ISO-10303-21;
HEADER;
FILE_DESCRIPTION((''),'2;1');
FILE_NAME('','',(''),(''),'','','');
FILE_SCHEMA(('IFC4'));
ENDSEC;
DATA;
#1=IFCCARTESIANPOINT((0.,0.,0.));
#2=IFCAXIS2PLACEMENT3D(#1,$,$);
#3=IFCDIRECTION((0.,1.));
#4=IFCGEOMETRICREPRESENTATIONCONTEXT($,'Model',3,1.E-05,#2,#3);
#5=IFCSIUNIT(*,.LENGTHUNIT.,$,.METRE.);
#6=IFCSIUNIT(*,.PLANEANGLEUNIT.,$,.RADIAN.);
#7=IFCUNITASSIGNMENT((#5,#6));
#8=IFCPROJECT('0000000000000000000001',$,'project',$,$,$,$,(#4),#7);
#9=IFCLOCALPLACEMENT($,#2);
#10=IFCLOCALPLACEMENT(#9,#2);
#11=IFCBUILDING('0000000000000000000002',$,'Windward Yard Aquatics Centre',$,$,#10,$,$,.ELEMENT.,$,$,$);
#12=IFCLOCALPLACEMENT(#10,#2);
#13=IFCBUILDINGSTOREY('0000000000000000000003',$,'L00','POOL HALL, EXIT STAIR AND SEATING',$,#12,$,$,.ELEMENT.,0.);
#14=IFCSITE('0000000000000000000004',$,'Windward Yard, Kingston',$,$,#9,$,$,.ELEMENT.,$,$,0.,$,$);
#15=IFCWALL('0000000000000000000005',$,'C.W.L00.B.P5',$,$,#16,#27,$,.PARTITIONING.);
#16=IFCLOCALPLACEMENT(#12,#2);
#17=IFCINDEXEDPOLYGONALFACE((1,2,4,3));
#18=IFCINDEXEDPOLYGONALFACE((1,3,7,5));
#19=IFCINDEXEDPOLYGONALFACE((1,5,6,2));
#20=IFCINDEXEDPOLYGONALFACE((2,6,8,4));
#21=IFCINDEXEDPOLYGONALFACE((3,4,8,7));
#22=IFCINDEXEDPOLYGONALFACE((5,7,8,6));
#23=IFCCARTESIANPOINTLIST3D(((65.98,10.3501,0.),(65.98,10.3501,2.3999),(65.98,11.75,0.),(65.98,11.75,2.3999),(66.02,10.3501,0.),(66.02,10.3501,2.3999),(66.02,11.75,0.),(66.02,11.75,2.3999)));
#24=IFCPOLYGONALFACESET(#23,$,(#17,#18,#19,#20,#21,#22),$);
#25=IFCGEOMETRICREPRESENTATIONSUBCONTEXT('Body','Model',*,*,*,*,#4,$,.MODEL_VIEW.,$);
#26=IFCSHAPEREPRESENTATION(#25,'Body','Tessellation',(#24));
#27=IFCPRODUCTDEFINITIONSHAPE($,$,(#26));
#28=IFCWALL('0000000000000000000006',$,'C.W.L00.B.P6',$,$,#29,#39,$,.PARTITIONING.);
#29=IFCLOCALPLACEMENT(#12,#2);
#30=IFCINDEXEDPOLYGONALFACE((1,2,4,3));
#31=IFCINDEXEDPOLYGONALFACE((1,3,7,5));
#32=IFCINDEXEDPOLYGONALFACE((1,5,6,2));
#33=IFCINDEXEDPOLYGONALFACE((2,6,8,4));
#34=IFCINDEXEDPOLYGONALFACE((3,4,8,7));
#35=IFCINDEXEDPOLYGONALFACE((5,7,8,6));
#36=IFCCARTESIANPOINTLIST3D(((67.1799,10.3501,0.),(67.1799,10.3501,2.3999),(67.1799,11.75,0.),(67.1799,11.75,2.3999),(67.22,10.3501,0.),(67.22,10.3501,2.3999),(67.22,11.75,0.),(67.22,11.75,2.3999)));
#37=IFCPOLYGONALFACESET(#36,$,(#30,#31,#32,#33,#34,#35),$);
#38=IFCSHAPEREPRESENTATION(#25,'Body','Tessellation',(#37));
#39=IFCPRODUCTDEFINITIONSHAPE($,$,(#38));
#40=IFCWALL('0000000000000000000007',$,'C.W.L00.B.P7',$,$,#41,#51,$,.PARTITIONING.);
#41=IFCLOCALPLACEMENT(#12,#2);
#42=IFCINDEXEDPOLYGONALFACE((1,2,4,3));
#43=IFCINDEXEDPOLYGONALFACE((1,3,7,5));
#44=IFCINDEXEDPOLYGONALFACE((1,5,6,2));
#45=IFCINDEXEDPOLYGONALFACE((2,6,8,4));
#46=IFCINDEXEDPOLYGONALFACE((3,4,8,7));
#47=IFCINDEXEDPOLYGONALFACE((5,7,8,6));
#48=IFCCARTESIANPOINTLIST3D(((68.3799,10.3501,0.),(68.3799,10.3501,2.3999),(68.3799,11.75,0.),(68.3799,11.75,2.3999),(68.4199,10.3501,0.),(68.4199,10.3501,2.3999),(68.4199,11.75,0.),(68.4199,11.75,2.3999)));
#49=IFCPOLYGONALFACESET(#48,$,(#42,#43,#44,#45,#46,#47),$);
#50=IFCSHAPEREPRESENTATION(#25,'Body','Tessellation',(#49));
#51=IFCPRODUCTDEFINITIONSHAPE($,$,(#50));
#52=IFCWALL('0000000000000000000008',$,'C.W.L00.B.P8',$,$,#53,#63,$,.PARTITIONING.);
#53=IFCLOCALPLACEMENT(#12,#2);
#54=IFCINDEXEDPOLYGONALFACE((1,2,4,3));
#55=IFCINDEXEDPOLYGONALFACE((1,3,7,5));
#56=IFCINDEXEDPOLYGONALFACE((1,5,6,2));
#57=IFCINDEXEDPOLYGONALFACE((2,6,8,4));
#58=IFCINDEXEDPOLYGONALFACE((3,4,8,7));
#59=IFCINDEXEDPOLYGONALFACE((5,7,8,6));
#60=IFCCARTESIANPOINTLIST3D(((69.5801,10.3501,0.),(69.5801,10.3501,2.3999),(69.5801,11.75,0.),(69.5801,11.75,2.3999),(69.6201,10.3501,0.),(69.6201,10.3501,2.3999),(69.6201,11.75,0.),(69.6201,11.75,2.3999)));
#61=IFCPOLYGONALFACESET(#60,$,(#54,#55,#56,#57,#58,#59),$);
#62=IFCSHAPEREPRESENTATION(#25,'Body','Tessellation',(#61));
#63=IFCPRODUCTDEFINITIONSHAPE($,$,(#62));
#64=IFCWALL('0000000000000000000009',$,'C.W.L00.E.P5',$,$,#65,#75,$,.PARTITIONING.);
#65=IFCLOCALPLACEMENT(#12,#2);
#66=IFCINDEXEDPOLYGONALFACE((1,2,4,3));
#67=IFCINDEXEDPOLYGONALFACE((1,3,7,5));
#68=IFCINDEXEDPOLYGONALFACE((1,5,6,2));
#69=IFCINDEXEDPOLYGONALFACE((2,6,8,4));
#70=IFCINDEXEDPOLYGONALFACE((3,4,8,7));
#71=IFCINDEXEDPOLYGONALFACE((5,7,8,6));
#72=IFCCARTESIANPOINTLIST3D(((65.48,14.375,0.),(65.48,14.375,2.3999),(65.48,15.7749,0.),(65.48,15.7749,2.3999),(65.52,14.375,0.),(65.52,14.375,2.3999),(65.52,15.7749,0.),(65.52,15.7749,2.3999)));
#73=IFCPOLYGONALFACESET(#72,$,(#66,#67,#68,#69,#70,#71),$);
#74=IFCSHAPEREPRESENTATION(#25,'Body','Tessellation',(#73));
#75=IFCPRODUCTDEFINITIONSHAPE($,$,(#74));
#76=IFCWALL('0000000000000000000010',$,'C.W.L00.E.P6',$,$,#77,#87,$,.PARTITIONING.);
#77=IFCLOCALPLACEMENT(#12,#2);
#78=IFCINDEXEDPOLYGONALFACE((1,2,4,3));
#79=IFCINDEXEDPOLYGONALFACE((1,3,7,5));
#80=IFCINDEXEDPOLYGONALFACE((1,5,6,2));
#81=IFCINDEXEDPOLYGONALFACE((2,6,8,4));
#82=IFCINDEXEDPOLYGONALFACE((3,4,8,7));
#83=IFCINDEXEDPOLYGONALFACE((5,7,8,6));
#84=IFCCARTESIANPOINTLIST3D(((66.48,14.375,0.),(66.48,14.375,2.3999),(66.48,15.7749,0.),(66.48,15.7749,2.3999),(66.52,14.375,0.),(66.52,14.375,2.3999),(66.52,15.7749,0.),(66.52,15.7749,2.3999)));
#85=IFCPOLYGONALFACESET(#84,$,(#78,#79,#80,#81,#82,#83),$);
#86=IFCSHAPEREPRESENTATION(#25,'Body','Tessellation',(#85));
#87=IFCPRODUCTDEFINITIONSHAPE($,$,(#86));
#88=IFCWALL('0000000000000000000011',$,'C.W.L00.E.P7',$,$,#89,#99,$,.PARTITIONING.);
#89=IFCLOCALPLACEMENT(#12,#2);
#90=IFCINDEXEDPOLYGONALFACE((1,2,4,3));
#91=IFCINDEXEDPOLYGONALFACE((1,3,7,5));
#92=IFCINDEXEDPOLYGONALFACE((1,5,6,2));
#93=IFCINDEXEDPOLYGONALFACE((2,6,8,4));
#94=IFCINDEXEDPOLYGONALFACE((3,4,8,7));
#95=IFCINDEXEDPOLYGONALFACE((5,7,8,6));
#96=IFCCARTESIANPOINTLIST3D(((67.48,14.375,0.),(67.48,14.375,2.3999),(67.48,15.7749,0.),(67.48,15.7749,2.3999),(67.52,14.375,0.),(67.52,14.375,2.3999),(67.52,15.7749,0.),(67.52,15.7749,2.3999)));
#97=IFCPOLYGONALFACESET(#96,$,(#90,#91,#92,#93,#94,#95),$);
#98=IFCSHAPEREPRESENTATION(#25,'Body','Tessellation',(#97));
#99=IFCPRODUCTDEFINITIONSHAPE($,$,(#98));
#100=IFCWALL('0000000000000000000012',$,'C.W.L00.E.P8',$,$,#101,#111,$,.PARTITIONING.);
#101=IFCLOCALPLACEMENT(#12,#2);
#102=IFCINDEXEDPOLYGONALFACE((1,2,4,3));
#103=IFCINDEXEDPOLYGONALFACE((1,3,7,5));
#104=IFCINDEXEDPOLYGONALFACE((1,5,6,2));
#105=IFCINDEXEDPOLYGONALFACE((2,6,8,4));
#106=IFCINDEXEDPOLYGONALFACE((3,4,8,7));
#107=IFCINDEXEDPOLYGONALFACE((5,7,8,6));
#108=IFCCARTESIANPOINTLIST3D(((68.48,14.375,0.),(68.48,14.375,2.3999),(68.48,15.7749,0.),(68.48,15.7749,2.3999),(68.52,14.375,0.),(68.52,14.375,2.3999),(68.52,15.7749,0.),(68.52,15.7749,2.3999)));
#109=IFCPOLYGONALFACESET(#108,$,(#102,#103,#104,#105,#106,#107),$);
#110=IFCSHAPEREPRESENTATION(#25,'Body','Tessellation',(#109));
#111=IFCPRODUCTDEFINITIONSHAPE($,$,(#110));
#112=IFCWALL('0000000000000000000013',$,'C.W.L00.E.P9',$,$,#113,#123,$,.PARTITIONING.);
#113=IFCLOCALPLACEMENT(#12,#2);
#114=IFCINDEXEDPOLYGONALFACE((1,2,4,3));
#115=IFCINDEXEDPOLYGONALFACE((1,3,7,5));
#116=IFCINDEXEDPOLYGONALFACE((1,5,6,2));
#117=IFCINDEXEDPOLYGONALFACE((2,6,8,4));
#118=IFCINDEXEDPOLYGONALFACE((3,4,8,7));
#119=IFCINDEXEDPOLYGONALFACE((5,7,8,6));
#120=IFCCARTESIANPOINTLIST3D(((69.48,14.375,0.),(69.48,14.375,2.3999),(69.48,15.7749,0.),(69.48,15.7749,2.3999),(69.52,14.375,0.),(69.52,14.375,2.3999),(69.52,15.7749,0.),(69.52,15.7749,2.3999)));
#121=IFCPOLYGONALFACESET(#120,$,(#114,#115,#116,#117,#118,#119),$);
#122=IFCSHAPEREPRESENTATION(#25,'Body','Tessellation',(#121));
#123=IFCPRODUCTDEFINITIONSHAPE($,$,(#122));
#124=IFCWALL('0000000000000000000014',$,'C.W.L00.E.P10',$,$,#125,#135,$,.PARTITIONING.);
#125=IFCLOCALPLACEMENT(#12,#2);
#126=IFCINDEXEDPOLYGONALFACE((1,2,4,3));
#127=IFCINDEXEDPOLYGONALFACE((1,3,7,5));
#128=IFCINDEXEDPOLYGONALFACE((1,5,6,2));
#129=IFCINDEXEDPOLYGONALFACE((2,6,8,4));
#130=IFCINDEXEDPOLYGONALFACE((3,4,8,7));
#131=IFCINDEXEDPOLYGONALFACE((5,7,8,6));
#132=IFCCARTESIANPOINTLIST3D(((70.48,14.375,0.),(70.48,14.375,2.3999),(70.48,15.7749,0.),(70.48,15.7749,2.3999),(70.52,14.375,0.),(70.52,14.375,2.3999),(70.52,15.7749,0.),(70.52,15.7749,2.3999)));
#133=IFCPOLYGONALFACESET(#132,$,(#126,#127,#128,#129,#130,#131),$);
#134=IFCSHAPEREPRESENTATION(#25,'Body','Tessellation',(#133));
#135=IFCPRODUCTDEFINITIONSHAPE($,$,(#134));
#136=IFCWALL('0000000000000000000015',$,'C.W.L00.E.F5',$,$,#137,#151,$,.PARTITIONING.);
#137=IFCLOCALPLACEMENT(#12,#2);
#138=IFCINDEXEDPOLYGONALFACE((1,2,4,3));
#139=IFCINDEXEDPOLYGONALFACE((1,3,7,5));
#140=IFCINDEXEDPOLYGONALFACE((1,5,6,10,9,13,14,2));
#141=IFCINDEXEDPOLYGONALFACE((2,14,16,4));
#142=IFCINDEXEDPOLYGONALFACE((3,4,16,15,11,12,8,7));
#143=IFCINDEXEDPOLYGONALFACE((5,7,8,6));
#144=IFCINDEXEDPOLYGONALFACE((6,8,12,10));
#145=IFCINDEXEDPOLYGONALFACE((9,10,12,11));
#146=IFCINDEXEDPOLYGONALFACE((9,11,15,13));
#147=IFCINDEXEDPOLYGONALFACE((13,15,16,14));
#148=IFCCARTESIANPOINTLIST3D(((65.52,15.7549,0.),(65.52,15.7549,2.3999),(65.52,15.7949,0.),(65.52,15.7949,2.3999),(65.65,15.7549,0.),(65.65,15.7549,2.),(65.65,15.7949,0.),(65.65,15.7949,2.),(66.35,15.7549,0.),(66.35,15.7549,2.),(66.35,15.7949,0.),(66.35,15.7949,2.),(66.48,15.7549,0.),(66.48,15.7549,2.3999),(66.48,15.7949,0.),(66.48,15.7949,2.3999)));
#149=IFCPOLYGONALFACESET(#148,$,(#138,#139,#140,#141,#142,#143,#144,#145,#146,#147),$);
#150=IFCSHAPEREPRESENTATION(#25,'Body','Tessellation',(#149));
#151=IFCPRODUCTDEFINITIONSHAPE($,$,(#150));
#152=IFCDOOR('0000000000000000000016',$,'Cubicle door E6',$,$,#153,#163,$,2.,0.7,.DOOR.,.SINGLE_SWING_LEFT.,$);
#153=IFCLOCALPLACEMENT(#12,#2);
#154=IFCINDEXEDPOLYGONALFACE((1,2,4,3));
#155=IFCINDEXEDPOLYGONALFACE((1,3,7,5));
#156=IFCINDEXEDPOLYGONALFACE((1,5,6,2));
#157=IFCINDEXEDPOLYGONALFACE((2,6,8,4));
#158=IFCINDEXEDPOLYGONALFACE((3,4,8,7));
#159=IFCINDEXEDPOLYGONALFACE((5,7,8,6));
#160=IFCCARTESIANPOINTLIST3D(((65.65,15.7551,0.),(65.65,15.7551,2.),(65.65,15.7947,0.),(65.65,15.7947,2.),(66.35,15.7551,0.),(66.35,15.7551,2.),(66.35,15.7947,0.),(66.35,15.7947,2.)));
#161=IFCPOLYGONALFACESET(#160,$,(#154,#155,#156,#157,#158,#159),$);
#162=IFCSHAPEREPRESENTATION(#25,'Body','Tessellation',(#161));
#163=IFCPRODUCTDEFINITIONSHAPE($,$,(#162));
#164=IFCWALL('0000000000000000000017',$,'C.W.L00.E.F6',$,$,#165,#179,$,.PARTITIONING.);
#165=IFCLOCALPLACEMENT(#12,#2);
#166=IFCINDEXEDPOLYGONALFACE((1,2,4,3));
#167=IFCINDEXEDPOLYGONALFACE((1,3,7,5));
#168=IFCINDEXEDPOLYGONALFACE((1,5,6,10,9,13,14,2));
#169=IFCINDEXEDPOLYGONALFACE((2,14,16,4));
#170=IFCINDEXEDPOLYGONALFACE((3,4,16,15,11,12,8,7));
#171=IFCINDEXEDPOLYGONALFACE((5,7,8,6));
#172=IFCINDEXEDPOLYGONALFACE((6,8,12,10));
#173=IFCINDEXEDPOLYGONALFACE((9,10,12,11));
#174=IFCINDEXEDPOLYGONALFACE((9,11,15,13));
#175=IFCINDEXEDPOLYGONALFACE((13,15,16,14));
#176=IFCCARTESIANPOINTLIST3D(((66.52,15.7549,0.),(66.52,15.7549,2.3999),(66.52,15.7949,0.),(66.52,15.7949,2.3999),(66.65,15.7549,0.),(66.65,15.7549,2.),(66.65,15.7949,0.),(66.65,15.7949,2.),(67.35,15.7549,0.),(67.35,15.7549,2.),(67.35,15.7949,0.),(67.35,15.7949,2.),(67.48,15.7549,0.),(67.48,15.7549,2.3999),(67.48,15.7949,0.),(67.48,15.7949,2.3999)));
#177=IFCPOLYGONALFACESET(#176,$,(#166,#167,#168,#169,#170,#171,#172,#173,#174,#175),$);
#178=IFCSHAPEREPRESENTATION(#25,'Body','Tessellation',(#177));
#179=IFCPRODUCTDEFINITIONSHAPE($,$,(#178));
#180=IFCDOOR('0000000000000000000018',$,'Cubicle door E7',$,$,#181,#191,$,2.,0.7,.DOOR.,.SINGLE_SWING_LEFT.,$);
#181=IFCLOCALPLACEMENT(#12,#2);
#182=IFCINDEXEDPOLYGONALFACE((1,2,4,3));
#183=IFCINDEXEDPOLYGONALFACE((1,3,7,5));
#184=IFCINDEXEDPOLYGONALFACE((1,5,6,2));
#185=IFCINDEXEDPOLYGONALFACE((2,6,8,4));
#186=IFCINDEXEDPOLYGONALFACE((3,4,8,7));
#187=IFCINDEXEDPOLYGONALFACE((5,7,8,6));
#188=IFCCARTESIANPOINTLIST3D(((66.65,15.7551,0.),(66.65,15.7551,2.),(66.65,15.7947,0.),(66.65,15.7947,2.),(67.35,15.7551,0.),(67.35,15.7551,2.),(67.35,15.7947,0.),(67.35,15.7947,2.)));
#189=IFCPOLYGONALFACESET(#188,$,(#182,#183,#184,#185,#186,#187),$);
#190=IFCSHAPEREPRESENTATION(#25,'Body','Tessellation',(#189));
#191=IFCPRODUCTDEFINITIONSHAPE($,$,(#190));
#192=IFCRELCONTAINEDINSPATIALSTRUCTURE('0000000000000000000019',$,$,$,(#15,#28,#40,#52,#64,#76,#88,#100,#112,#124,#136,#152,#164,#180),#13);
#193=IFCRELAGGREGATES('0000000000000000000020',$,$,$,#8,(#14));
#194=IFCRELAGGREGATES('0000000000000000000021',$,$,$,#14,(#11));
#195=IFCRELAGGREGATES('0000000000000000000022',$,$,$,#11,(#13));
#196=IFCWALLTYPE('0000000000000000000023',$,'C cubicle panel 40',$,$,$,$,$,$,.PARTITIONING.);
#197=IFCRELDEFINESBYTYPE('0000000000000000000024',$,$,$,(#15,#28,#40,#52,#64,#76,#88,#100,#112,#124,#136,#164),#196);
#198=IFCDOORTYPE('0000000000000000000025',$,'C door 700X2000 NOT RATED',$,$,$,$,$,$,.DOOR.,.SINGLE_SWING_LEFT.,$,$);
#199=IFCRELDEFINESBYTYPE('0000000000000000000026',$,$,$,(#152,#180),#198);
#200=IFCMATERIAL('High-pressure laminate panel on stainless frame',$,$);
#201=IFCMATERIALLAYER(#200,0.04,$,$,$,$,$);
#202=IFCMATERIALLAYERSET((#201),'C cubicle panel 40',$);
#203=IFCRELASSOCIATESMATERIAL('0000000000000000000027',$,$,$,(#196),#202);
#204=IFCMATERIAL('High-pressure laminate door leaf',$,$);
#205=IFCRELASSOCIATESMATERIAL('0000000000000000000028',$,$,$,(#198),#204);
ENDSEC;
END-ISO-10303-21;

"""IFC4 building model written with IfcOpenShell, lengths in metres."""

from ifc_helpers import new_model, si_unit, direction, frame, frame_2d, origin, place, context, subcontext, project, spatial, rectangle, extrude, material, layer, layer_set, type_object, element, fill, save


model = new_model("IFC4")

# Units and contexts
model_context = context("Model", 3, precision=1e-05, world=origin(), true_north=direction((0.0, 1.0)))
body_context = subcontext(model_context, "Body", "Model", "MODEL_VIEW")
ifc_project = project(units=[si_unit("LENGTHUNIT", "METRE"), si_unit("PLANEANGLEUNIT", "RADIAN")], contexts=[model_context])

# Site, building, storey
site_placement = place(None, origin())
site = spatial("IfcSite", under=ifc_project, at=site_placement, Name="Windward Yard, Kingston", CompositionType="ELEMENT", RefElevation=0.0)
building_placement = place(site_placement, origin())
building = spatial("IfcBuilding", under=site, at=building_placement, Name="Windward Yard Aquatics Centre", CompositionType="ELEMENT")
storey_placement = place(building_placement, origin())
storey = spatial("IfcBuildingStorey", under=building, at=storey_placement, Name="L00", Description="POOL HALL, EXIT STAIR AND SEATING", CompositionType="ELEMENT", Elevation=0.0)

# Walls
ifc_material_1 = material(Name="High-pressure laminate panel on stainless frame")
ifc_layer = layer(ifc_material_1, 0.04)
ifc_layer_set = layer_set([ifc_layer], Name="C cubicle panel 40")
wall_type = type_object("IfcWallType", Name="C cubicle panel 40", PredefinedType="PARTITIONING", material=ifc_layer_set)
for number, where, z_axis, x_axis, name in (
    (1, (66.0, 11.75, 0.0), (0.0, 0.0, 1.0), (0.0, -1.0, 0.0), "C.W.L00.B.P5"),
    (2, (67.2, 11.75, 0.0), (0.0, 0.0, 1.0), (0.0, -1.0, 0.0), "C.W.L00.B.P6"),
    (3, (68.3999, 11.75, 0.0), (0.0, 0.0, 1.0), (0.0, -1.0, 0.0), "C.W.L00.B.P7"),
    (4, (69.6001, 11.75, 0.0), (0.0, 0.0, 1.0), (0.0, -1.0, 0.0), "C.W.L00.B.P8"),
    (5, (65.5, 14.375, 0.0), (0.0, 0.0, 1.0), (0.0, 1.0, 0.0), "C.W.L00.E.P5"),
    (6, (66.5, 14.375, 0.0), (0.0, 0.0, 1.0), (0.0, 1.0, 0.0), "C.W.L00.E.P6"),
    (7, (67.5, 14.375, 0.0), (0.0, 0.0, 1.0), (0.0, 1.0, 0.0), "C.W.L00.E.P7"),
    (8, (68.5, 14.375, 0.0), (0.0, 0.0, 1.0), (0.0, 1.0, 0.0), "C.W.L00.E.P8"),
    (9, (69.5, 14.375, 0.0), (0.0, 0.0, 1.0), (0.0, 1.0, 0.0), "C.W.L00.E.P9"),
    (10, (70.5, 14.375, 0.0), (0.0, 0.0, 1.0), (0.0, 1.0, 0.0), "C.W.L00.E.P10"),
):
    element("IfcWall", number, at=place(storey_placement, frame(where, z_axis=z_axis, x_axis=x_axis)), inside=storey, type_object=wall_type, Name=name, PredefinedType="PARTITIONING", context=body_context, shape_type="SweptSolid", body=[
        extrude(rectangle(XDim=1.3999, YDim=0.04, at=frame_2d((0.7, 0.0))), origin(), (0.0, 0.0, 1.0), 2.3999),
    ])

# Walls, openings, doors
wall_1_placement = place(storey_placement, frame((65.52, 15.7749, 0.0), z_axis=(0.0, 0.0, 1.0), x_axis=(1.0, 0.0, 0.0)))
wall_1 = element("IfcWall", 11, at=wall_1_placement, inside=storey, type_object=wall_type, Name="C.W.L00.E.F5", PredefinedType="PARTITIONING", context=body_context, shape_type="SweptSolid", body=[
    extrude(rectangle(XDim=0.96, YDim=0.04, at=frame_2d((0.48, 0.0))), origin(), (0.0, 0.0, 1.0), 2.3999),
])
opening_1_placement = place(wall_1_placement, frame((0.1299, 0.0, 0.0)))
opening_1 = element("IfcOpeningElement", 12, at=opening_1_placement, cuts=wall_1, PredefinedType="OPENING", context=body_context, shape_type="SweptSolid", body=[
    extrude(rectangle(XDim=0.7, YDim=2.0, at=frame_2d((0.3501, 1.0))), frame((0.0, 0.03, 0.0), z_axis=(0.0, -1.0, 0.0), x_axis=(1.0, 0.0, 0.0)), (0.0, 0.0, 1.0), 0.0601),
])
ifc_material_2 = material(Name="High-pressure laminate door leaf")
door_type = type_object("IfcDoorType", Name="C door 700X2000 NOT RATED", OperationType="SINGLE_SWING_LEFT", PredefinedType="DOOR", material=ifc_material_2)
door_1_placement = place(opening_1_placement, origin())
door_1 = element("IfcDoor", 13, at=door_1_placement, inside=storey, type_object=door_type, Name="Cubicle door E6", OperationType="SINGLE_SWING_LEFT", OverallHeight=2.0, OverallWidth=0.7, PredefinedType="DOOR", context=body_context, shape_type="SweptSolid", body=[
    extrude(rectangle(XDim=0.7, YDim=2.0, at=frame_2d((0.3501, 1.0))), frame((0.0, 0.0198, 0.0), z_axis=(0.0, -1.0, 0.0), x_axis=(1.0, 0.0, 0.0)), (0.0, 0.0, 1.0), 0.0396),
])
fill(opening_1, door_1)
wall_2_placement = place(storey_placement, frame((66.52, 15.7749, 0.0), z_axis=(0.0, 0.0, 1.0), x_axis=(1.0, 0.0, 0.0)))
wall_2 = element("IfcWall", 14, at=wall_2_placement, inside=storey, type_object=wall_type, Name="C.W.L00.E.F6", PredefinedType="PARTITIONING", context=body_context, shape_type="SweptSolid", body=[
    extrude(rectangle(XDim=0.96, YDim=0.04, at=frame_2d((0.48, 0.0))), origin(), (0.0, 0.0, 1.0), 2.3999),
])
opening_2_placement = place(wall_2_placement, frame((0.1299, 0.0, 0.0)))
opening_2 = element("IfcOpeningElement", 15, at=opening_2_placement, cuts=wall_2, PredefinedType="OPENING", context=body_context, shape_type="SweptSolid", body=[
    extrude(rectangle(XDim=0.7, YDim=2.0, at=frame_2d((0.3501, 1.0))), frame((0.0, 0.03, 0.0), z_axis=(0.0, -1.0, 0.0), x_axis=(1.0, 0.0, 0.0)), (0.0, 0.0, 1.0), 0.0601),
])
door_2_placement = place(opening_2_placement, origin())
door_2 = element("IfcDoor", 16, at=door_2_placement, inside=storey, type_object=door_type, Name="Cubicle door E7", OperationType="SINGLE_SWING_LEFT", OverallHeight=2.0, OverallWidth=0.7, PredefinedType="DOOR", context=body_context, shape_type="SweptSolid", body=[
    extrude(rectangle(XDim=0.7, YDim=2.0, at=frame_2d((0.3501, 1.0))), frame((0.0, 0.0198, 0.0), z_axis=(0.0, -1.0, 0.0), x_axis=(1.0, 0.0, 0.0)), (0.0, 0.0, 1.0), 0.0396),
])
fill(opening_2, door_2)

save(model, "model.ifc")
